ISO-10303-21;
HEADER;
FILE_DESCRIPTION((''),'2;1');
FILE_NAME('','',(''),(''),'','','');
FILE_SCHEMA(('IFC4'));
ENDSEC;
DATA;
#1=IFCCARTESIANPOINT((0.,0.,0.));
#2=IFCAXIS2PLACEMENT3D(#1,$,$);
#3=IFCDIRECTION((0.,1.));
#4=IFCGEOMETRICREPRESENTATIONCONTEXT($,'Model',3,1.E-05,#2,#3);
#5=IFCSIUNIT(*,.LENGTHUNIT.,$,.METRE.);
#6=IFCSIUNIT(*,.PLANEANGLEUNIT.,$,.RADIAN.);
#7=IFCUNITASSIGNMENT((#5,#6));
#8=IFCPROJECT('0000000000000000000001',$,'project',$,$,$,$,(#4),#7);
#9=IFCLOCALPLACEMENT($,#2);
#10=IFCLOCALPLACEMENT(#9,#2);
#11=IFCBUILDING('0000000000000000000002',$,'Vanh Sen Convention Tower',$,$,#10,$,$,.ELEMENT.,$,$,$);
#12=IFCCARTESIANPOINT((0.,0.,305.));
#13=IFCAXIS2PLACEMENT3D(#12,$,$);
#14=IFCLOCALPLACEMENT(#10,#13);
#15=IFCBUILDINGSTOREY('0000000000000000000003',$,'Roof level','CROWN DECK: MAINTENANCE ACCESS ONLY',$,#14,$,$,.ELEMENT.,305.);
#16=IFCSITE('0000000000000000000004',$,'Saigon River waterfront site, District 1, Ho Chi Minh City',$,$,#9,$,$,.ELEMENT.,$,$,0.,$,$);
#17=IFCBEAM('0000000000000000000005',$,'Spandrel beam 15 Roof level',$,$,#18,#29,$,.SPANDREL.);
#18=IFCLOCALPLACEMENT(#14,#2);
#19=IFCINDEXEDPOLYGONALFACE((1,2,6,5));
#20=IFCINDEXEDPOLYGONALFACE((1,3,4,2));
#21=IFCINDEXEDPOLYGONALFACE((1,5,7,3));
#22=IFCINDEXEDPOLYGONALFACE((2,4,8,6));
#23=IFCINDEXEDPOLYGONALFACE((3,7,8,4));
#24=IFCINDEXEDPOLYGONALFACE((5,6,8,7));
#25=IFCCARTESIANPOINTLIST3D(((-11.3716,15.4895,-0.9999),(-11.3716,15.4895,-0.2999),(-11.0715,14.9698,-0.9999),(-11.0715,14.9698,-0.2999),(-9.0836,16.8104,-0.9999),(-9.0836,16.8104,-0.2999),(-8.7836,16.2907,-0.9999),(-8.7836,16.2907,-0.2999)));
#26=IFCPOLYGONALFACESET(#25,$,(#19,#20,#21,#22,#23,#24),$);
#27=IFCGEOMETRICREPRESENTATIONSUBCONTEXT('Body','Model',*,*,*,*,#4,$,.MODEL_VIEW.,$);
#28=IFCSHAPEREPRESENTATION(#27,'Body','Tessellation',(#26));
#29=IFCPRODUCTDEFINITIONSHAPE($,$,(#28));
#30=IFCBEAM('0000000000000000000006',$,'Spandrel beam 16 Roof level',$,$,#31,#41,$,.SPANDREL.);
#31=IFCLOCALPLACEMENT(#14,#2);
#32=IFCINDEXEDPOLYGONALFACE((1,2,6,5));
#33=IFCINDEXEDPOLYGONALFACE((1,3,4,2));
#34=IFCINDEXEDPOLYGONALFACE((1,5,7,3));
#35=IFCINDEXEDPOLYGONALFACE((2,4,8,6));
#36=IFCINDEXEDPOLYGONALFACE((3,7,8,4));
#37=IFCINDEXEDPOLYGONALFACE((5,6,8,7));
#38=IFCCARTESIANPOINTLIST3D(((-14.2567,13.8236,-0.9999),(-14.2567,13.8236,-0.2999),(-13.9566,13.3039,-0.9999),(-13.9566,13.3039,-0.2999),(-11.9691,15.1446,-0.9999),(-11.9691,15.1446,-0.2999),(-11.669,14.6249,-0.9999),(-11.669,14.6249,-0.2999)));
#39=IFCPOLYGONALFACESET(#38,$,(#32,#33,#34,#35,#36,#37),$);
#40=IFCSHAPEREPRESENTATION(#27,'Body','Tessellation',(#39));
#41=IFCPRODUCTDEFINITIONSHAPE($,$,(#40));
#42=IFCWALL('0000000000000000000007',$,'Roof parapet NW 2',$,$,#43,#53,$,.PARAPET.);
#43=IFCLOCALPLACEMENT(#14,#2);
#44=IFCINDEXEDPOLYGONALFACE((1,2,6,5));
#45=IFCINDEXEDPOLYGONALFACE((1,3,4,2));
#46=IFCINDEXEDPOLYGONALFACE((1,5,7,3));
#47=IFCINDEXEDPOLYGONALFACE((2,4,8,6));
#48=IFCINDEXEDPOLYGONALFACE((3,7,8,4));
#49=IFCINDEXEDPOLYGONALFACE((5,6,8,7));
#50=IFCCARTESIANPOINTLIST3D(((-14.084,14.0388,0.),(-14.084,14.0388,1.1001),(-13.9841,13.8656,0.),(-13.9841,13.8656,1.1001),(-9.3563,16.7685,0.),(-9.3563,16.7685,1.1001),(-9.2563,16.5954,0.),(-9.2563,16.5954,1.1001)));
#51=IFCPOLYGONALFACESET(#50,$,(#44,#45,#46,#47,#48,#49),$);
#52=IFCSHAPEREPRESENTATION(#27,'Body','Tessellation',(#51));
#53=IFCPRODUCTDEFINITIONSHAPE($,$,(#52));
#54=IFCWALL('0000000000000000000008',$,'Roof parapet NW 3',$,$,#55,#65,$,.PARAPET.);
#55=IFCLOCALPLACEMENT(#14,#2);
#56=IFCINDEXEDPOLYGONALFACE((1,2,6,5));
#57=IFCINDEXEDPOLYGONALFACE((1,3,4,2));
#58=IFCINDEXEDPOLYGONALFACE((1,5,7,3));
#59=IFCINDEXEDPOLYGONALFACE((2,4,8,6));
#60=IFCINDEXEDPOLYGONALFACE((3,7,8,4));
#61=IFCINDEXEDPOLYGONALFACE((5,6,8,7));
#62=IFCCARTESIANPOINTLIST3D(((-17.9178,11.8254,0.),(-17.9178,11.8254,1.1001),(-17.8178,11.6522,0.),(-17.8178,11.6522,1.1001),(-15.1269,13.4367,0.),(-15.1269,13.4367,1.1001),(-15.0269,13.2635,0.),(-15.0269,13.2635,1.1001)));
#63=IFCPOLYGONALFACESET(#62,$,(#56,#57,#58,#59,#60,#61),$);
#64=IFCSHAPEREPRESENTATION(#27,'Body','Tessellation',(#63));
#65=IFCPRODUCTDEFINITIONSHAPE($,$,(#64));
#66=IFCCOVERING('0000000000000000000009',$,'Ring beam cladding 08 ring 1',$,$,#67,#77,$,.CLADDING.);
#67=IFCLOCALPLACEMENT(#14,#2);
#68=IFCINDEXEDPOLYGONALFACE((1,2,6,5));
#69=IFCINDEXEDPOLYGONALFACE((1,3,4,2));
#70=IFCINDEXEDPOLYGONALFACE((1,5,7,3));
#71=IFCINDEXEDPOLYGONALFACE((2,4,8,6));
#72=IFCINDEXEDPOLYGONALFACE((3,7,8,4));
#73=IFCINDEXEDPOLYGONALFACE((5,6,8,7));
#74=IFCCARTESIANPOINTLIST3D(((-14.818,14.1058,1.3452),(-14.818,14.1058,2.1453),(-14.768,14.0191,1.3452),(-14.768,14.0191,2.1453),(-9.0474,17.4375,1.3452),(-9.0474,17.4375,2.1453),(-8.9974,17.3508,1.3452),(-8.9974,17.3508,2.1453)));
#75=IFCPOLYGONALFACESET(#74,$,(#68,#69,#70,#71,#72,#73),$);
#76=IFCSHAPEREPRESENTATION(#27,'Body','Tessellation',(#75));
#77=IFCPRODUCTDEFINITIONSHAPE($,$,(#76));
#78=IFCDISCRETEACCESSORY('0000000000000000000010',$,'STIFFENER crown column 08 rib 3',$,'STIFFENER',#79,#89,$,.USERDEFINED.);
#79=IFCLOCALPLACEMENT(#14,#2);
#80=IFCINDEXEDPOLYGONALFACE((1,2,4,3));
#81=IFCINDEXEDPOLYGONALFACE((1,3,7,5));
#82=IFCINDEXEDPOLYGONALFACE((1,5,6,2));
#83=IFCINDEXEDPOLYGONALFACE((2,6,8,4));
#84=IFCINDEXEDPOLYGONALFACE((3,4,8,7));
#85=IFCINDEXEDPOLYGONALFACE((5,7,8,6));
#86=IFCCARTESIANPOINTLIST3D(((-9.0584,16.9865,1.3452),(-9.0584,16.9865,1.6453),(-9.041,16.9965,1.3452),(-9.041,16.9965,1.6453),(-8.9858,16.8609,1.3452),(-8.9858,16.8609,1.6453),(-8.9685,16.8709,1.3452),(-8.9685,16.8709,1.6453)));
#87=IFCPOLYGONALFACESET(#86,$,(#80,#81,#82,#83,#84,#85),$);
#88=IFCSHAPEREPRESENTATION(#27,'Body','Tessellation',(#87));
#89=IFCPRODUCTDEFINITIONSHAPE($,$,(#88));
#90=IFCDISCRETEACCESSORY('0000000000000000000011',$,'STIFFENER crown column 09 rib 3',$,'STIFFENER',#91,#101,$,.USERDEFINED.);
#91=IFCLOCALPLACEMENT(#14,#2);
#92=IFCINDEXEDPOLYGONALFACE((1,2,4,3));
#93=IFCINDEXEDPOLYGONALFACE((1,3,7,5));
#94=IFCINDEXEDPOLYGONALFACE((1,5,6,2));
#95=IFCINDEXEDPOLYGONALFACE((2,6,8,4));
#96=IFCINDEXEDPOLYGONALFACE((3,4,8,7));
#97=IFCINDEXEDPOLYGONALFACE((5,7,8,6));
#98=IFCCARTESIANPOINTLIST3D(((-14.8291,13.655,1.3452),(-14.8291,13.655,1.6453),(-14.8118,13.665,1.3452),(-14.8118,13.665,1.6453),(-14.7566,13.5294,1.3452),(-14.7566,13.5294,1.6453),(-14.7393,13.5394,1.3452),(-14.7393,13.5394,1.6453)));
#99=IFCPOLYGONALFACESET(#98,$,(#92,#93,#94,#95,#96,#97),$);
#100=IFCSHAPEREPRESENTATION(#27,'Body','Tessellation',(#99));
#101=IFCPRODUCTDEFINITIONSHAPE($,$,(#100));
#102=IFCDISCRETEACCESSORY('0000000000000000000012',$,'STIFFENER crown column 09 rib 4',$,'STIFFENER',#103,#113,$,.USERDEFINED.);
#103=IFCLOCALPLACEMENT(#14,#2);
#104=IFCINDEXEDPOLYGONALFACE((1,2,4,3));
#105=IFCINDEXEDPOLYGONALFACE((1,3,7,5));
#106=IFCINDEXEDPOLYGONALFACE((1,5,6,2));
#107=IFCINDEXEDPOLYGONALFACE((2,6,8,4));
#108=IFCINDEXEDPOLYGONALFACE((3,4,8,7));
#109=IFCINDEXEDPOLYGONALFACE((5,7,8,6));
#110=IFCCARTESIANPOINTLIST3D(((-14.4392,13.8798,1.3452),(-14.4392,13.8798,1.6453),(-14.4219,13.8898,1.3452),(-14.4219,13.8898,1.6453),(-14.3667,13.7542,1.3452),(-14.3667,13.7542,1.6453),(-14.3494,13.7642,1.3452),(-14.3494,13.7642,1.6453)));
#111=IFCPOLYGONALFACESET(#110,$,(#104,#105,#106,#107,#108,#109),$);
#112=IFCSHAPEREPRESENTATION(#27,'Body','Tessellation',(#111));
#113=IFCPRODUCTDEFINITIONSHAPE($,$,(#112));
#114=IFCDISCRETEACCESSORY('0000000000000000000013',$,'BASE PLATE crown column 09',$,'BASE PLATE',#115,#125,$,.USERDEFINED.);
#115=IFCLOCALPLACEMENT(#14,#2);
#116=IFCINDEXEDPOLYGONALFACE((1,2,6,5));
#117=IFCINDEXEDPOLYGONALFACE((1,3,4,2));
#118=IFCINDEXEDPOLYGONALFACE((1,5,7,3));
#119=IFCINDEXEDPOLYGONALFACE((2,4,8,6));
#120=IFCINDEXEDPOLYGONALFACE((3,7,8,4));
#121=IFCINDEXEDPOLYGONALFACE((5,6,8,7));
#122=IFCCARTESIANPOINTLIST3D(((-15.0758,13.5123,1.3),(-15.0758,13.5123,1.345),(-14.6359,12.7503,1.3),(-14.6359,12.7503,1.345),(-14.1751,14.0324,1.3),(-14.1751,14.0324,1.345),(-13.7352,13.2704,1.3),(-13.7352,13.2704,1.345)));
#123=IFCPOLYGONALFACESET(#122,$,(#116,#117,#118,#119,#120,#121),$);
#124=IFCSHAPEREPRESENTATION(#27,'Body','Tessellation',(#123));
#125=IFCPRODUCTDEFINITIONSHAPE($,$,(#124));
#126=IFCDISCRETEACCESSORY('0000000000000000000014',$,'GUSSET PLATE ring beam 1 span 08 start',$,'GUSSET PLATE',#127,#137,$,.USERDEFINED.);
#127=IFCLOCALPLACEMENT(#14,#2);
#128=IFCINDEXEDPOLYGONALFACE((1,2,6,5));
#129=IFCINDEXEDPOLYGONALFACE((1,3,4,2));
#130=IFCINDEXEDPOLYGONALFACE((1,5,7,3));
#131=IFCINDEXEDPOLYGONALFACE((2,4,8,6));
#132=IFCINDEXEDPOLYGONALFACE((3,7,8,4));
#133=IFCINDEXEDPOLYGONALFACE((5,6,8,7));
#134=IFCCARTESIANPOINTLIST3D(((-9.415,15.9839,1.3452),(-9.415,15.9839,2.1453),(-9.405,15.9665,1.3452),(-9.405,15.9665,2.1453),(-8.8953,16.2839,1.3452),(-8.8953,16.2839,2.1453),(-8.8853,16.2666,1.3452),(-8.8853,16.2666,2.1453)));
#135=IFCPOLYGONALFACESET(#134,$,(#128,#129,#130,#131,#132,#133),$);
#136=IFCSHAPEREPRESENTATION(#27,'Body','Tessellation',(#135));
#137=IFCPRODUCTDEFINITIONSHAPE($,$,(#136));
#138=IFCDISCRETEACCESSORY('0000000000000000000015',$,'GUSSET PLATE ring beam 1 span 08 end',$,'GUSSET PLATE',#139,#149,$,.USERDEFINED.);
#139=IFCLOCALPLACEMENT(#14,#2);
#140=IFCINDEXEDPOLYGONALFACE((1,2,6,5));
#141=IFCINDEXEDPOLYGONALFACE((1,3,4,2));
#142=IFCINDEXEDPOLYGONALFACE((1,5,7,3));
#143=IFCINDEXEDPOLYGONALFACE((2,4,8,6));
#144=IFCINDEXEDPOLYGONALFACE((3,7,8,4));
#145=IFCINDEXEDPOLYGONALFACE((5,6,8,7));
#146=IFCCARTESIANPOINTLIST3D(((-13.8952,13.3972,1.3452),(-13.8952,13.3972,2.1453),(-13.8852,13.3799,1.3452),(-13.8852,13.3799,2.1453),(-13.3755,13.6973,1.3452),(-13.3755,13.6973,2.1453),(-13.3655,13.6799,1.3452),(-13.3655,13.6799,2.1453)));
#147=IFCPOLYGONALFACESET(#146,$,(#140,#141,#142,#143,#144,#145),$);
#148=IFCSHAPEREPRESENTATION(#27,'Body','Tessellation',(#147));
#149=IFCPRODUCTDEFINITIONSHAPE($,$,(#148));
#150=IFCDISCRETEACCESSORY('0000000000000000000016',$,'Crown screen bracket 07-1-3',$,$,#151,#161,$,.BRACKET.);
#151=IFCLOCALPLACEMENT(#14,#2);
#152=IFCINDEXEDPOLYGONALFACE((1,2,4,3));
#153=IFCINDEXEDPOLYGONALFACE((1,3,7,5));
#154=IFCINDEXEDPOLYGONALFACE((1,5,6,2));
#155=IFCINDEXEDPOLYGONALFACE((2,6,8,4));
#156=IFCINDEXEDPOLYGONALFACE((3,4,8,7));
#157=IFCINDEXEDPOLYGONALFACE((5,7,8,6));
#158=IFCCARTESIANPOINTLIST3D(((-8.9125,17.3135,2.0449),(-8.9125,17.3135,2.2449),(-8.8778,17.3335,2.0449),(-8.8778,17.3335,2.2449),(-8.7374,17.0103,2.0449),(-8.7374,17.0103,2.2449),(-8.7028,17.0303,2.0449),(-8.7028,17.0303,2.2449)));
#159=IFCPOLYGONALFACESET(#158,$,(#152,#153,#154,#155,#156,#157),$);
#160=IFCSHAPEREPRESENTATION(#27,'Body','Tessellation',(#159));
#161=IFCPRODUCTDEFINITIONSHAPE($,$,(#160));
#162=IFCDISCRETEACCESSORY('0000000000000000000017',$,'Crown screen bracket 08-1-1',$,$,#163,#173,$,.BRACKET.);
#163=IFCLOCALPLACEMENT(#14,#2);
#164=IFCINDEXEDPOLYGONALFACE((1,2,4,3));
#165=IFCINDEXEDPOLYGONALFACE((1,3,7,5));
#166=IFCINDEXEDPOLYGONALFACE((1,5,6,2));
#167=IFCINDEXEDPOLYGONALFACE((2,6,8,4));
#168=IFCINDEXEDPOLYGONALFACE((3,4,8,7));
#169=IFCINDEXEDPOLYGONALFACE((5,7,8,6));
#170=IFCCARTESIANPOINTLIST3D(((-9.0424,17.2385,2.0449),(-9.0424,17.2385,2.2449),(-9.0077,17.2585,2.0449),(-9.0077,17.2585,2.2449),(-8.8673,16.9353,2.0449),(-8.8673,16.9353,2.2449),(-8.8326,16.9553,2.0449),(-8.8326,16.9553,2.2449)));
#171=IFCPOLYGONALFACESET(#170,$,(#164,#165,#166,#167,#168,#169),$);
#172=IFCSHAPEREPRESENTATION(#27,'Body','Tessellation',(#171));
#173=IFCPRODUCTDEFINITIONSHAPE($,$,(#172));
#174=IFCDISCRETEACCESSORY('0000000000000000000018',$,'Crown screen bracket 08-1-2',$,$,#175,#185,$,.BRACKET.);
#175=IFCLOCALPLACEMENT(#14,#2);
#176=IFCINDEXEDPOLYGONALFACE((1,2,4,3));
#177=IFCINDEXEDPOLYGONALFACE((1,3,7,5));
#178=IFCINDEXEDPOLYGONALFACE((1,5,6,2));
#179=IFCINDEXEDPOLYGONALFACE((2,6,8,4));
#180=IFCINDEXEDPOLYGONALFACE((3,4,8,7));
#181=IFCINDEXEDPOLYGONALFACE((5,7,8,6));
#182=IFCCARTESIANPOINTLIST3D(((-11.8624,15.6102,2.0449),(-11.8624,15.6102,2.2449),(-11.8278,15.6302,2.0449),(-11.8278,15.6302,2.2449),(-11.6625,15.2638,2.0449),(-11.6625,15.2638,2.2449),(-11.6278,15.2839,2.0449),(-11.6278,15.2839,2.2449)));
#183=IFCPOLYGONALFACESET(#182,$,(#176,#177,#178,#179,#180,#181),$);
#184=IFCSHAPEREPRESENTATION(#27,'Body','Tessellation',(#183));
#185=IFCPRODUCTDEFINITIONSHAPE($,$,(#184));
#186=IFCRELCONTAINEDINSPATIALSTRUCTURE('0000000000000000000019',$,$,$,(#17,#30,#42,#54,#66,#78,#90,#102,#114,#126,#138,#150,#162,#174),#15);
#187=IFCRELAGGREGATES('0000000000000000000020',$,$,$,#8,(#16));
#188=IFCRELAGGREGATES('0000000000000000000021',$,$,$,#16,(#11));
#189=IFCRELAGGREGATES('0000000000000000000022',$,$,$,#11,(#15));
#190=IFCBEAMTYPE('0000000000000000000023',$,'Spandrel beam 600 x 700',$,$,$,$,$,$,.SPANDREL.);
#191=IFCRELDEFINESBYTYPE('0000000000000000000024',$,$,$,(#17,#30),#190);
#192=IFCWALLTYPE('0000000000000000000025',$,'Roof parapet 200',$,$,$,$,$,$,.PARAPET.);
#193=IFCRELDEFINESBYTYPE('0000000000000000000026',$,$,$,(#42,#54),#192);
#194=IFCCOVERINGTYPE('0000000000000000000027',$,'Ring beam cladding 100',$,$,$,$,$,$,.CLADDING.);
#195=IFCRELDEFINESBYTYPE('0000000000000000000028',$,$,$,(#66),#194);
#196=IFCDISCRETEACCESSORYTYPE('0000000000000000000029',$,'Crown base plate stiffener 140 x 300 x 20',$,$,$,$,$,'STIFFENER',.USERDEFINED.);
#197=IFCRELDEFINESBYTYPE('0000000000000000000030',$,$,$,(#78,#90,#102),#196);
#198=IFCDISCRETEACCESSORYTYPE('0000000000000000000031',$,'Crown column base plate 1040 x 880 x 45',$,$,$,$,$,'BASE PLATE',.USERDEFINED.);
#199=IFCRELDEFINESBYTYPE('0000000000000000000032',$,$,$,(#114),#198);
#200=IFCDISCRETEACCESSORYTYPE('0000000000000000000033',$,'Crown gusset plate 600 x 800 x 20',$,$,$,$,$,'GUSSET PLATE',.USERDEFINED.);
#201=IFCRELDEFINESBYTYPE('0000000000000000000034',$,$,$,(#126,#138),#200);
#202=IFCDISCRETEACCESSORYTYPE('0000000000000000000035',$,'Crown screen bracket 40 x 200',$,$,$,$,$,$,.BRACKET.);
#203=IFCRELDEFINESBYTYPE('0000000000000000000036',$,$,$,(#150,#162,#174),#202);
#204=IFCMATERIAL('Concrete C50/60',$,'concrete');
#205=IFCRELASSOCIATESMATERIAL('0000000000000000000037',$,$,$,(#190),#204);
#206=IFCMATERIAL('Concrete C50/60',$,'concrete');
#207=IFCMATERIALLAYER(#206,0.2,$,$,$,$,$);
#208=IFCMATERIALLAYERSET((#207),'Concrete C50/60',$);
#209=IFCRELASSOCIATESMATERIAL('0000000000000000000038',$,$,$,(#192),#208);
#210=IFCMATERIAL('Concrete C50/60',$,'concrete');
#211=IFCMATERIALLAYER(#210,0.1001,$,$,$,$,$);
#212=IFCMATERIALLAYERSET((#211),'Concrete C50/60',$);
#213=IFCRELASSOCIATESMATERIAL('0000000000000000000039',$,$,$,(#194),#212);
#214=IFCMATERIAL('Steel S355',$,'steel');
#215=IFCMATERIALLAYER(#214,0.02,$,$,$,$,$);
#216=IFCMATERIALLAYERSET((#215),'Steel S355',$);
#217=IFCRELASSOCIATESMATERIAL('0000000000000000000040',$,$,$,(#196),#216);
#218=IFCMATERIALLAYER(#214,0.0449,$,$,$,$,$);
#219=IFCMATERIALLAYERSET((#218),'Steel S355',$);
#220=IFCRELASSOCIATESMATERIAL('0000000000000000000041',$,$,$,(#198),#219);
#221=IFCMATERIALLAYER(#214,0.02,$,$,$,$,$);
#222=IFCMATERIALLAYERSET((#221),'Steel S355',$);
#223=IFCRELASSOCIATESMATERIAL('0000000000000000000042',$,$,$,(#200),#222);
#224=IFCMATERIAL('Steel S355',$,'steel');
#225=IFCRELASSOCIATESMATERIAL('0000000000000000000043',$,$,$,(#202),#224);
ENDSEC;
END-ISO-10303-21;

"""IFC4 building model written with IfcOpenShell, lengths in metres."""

from ifc_helpers import new_model, si_unit, direction, frame, frame_2d, origin, origin_2d, place, context, subcontext, project, spatial, rectangle, extrude, material, layer, layer_set, material_profile, profile_set, type_object, element, save


model = new_model("IFC4")

# Units and contexts
model_context = context("Model", 3, precision=1e-05, world=origin(), true_north=direction((0.0, 1.0)))
body_context = subcontext(model_context, "Body", "Model", "MODEL_VIEW")
ifc_project = project(units=[si_unit("LENGTHUNIT", "METRE"), si_unit("PLANEANGLEUNIT", "RADIAN")], contexts=[model_context])

# Site, building, storey
site_placement = place(None, origin())
site = spatial("IfcSite", under=ifc_project, at=site_placement, Name="Saigon River waterfront site, District 1, Ho Chi Minh City", CompositionType="ELEMENT", RefElevation=0.0)
building_placement = place(site_placement, origin())
building = spatial("IfcBuilding", under=site, at=building_placement, Name="Vanh Sen Convention Tower", CompositionType="ELEMENT")
storey_placement = place(building_placement, frame((0.0, 0.0, 305.0)))
storey = spatial("IfcBuildingStorey", under=building, at=storey_placement, Name="Roof level", Description="CROWN DECK: MAINTENANCE ACCESS ONLY", CompositionType="ELEMENT", Elevation=305.0)

# Beams
ifc_material_1 = material(Name="Concrete C50/60", Category="concrete")
ifc_material_profile_1 = material_profile(ifc_material_1, rectangle(XDim=0.6001, YDim=0.7, at=origin_2d()), Name="RC 600X700")
ifc_profile_set_1 = profile_set([ifc_material_profile_1], Name="Concrete C50/60")
beam_type = type_object("IfcBeamType", Name="Spandrel beam 600 x 700", PredefinedType="SPANDREL", material=ifc_profile_set_1)
beam_1_placement = place(storey_placement, frame((-8.9336, 16.5505, -0.6499), z_axis=(-0.866039, -0.499976, 0.0), x_axis=(0.499976, -0.866039, 0.0)))
element("IfcBeam", 1, at=beam_1_placement, inside=storey, type_object=beam_type, Name="Spandrel beam 15 Roof level", PredefinedType="SPANDREL", context=body_context, shape_type="SweptSolid", body=[
    extrude(rectangle(XDim=0.6001, YDim=0.7, at=origin_2d()), origin(), (0.0, 0.0, 1.0), 2.6418),
])
beam_2_placement = place(storey_placement, frame((-11.8191, 14.8848, -0.6499), z_axis=(-0.865976, -0.500085, 0.0), x_axis=(0.500085, -0.865976, 0.0)))
element("IfcBeam", 2, at=beam_2_placement, inside=storey, type_object=beam_type, Name="Spandrel beam 16 Roof level", PredefinedType="SPANDREL", context=body_context, shape_type="SweptSolid", body=[
    extrude(rectangle(XDim=0.6001, YDim=0.7, at=origin_2d()), origin(), (0.0, 0.0, 1.0), 2.6416),
])

# Walls
ifc_material_2 = material(Name="Concrete C50/60", Category="concrete")
ifc_layer_1 = layer(ifc_material_2, 0.2)
ifc_layer_set_1 = layer_set([ifc_layer_1], Name="Concrete C50/60")
wall_type = type_object("IfcWallType", Name="Roof parapet 200", PredefinedType="PARAPET", material=ifc_layer_set_1)
wall_1_placement = place(storey_placement, frame((-9.3064, 16.6819, 0.0), z_axis=(0.0, 0.0, 1.0), x_axis=(-0.866014, -0.500021, 0.0)))
element("IfcWall", 3, at=wall_1_placement, inside=storey, type_object=wall_type, Name="Roof parapet NW 2", PredefinedType="PARAPET", context=body_context, shape_type="SweptSolid", body=[
    extrude(rectangle(XDim=5.4592, YDim=0.2, at=frame_2d((2.7295, 0.0))), origin(), (0.0, 0.0, 1.0), 1.1001),
])
wall_2_placement = place(storey_placement, frame((-15.0769, 13.3501, 0.0), z_axis=(0.0, 0.0, 1.0), x_axis=(-0.866034, -0.499985, 0.0)))
element("IfcWall", 4, at=wall_2_placement, inside=storey, type_object=wall_type, Name="Roof parapet NW 3", PredefinedType="PARAPET", context=body_context, shape_type="SweptSolid", body=[
    extrude(rectangle(XDim=3.2227, YDim=0.2, at=frame_2d((1.6113, 0.0))), origin(), (0.0, 0.0, 1.0), 1.1001),
])

# Covering
ifc_material_3 = material(Name="Concrete C50/60", Category="concrete")
ifc_layer_2 = layer(ifc_material_3, 0.1001)
ifc_layer_set_2 = layer_set([ifc_layer_2], Name="Concrete C50/60")
covering_type = type_object("IfcCoveringType", Name="Ring beam cladding 100", PredefinedType="CLADDING", material=ifc_layer_set_2)
covering_placement = place(storey_placement, frame((-11.9077, 15.7283, 1.3452), z_axis=(0.0, 0.0, 1.0), x_axis=(-0.866023, -0.500005, 0.0)))
element("IfcCovering", 5, at=covering_placement, inside=storey, type_object=covering_type, Name="Ring beam cladding 08 ring 1", PredefinedType="CLADDING", context=body_context, shape_type="SweptSolid", body=[
    extrude(rectangle(XDim=6.6633, YDim=0.1001, at=origin_2d()), origin(), (0.0, 0.0, 1.0), 0.8),
])

# Discrete accessories
ifc_material_4 = material(Name="Steel S355", Category="steel")
ifc_layer_3 = layer(ifc_material_4, 0.02)
ifc_layer_set_3 = layer_set([ifc_layer_3], Name="Steel S355")
discrete_accessory_type_1 = type_object("IfcDiscreteAccessoryType", Name="Crown base plate stiffener 140 x 300 x 20", ElementType="STIFFENER", PredefinedType="USERDEFINED", material=ifc_layer_set_3)
for number, where, z_axis, x_axis, name in (
    (6, (-9.0134, 16.9287, 1.3452), (0.0, 0.0, 1.0), (0.5, -0.866025, 0.0), "STIFFENER crown column 08 rib 3"),
    (7, (-14.7842, 13.5972, 1.3452), (0.0, 0.0, 1.0), (0.5, -0.866025, 0.0), "STIFFENER crown column 09 rib 3"),
    (8, (-14.3943, 13.822, 1.3452), (0.0, 0.0, 1.0), (0.5, -0.866025, 0.0), "STIFFENER crown column 09 rib 4"),
):
    element("IfcDiscreteAccessory", number, at=place(storey_placement, frame(where, z_axis=z_axis, x_axis=x_axis)), inside=storey, type_object=discrete_accessory_type_1, Name=name, ObjectType="STIFFENER", PredefinedType="USERDEFINED", context=body_context, shape_type="SweptSolid", body=[
        extrude(rectangle(XDim=0.145, YDim=0.02, at=origin_2d()), origin(), (0.0, 0.0, 1.0), 0.3),
    ])
ifc_layer_4 = layer(ifc_material_4, 0.0449)
ifc_layer_set_4 = layer_set([ifc_layer_4], Name="Steel S355")
discrete_accessory_type_2 = type_object("IfcDiscreteAccessoryType", Name="Crown column base plate 1040 x 880 x 45", ElementType="BASE PLATE", PredefinedType="USERDEFINED", material=ifc_layer_set_4)
discrete_accessory_1_placement = place(storey_placement, frame((-14.4055, 13.3914, 1.3), z_axis=(0.0, 0.0, 1.0), x_axis=(-0.866025, -0.5, 0.0)))
element("IfcDiscreteAccessory", 9, at=discrete_accessory_1_placement, inside=storey, type_object=discrete_accessory_type_2, Name="BASE PLATE crown column 09", ObjectType="BASE PLATE", PredefinedType="USERDEFINED", context=body_context, shape_type="SweptSolid", body=[
    extrude(rectangle(XDim=1.04, YDim=0.8799, at=origin_2d()), origin(), (0.0, 0.0, 1.0), 0.0449),
])
ifc_layer_5 = layer(ifc_material_4, 0.02)
ifc_layer_set_5 = layer_set([ifc_layer_5], Name="Steel S355")
discrete_accessory_type_3 = type_object("IfcDiscreteAccessoryType", Name="Crown gusset plate 600 x 800 x 20", ElementType="GUSSET PLATE", PredefinedType="USERDEFINED", material=ifc_layer_set_5)
for number, where, z_axis, x_axis, name in (
    (10, (-9.1501, 16.1252, 1.3452), (0.0, 0.0, 1.0), (-0.866023, -0.500005, 0.0), "GUSSET PLATE ring beam 1 span 08 start"),
    (11, (-13.6304, 13.5386, 1.3452), (0.0, 0.0, 1.0), (0.866023, 0.500005, 0.0), "GUSSET PLATE ring beam 1 span 08 end"),
):
    element("IfcDiscreteAccessory", number, at=place(storey_placement, frame(where, z_axis=z_axis, x_axis=x_axis)), inside=storey, type_object=discrete_accessory_type_3, Name=name, ObjectType="GUSSET PLATE", PredefinedType="USERDEFINED", context=body_context, shape_type="SweptSolid", body=[
        extrude(rectangle(XDim=0.6001, YDim=0.02, at=origin_2d()), origin(), (0.0, 0.0, 1.0), 0.8),
    ])
ifc_material_5 = material(Name="Steel S355", Category="steel")
discrete_accessory_type_4 = type_object("IfcDiscreteAccessoryType", Name="Crown screen bracket 40 x 200", PredefinedType="BRACKET", material=ifc_material_5)
for number, where, z_axis, x_axis, name in (
    (12, (-8.8076, 17.1719, 2.0449), (0.0, 0.0, 1.0), (-0.500005, 0.866023, 0.0), "Crown screen bracket 07-1-3"),
    (13, (-8.9375, 17.0969, 2.0449), (0.0, 0.0, 1.0), (-0.500005, 0.866023, 0.0), "Crown screen bracket 08-1-1"),
):
    element("IfcDiscreteAccessory", number, at=place(storey_placement, frame(where, z_axis=z_axis, x_axis=x_axis)), inside=storey, type_object=discrete_accessory_type_4, Name=name, PredefinedType="BRACKET", context=body_context, shape_type="SweptSolid", body=[
        extrude(rectangle(XDim=0.3501, YDim=0.04, at=origin_2d()), origin(), (0.0, 0.0, 1.0), 0.2),
    ])
discrete_accessory_2_placement = place(storey_placement, frame((-11.7451, 15.447, 2.0449), z_axis=(0.0, 0.0, 1.0), x_axis=(-0.500005, 0.866023, 0.0)))
element("IfcDiscreteAccessory", 14, at=discrete_accessory_2_placement, inside=storey, type_object=discrete_accessory_type_4, Name="Crown screen bracket 08-1-2", PredefinedType="BRACKET", context=body_context, shape_type="SweptSolid", body=[
    extrude(rectangle(XDim=0.3999, YDim=0.04, at=origin_2d()), origin(), (0.0, 0.0, 1.0), 0.2),
])

save(model, "model.ifc")
